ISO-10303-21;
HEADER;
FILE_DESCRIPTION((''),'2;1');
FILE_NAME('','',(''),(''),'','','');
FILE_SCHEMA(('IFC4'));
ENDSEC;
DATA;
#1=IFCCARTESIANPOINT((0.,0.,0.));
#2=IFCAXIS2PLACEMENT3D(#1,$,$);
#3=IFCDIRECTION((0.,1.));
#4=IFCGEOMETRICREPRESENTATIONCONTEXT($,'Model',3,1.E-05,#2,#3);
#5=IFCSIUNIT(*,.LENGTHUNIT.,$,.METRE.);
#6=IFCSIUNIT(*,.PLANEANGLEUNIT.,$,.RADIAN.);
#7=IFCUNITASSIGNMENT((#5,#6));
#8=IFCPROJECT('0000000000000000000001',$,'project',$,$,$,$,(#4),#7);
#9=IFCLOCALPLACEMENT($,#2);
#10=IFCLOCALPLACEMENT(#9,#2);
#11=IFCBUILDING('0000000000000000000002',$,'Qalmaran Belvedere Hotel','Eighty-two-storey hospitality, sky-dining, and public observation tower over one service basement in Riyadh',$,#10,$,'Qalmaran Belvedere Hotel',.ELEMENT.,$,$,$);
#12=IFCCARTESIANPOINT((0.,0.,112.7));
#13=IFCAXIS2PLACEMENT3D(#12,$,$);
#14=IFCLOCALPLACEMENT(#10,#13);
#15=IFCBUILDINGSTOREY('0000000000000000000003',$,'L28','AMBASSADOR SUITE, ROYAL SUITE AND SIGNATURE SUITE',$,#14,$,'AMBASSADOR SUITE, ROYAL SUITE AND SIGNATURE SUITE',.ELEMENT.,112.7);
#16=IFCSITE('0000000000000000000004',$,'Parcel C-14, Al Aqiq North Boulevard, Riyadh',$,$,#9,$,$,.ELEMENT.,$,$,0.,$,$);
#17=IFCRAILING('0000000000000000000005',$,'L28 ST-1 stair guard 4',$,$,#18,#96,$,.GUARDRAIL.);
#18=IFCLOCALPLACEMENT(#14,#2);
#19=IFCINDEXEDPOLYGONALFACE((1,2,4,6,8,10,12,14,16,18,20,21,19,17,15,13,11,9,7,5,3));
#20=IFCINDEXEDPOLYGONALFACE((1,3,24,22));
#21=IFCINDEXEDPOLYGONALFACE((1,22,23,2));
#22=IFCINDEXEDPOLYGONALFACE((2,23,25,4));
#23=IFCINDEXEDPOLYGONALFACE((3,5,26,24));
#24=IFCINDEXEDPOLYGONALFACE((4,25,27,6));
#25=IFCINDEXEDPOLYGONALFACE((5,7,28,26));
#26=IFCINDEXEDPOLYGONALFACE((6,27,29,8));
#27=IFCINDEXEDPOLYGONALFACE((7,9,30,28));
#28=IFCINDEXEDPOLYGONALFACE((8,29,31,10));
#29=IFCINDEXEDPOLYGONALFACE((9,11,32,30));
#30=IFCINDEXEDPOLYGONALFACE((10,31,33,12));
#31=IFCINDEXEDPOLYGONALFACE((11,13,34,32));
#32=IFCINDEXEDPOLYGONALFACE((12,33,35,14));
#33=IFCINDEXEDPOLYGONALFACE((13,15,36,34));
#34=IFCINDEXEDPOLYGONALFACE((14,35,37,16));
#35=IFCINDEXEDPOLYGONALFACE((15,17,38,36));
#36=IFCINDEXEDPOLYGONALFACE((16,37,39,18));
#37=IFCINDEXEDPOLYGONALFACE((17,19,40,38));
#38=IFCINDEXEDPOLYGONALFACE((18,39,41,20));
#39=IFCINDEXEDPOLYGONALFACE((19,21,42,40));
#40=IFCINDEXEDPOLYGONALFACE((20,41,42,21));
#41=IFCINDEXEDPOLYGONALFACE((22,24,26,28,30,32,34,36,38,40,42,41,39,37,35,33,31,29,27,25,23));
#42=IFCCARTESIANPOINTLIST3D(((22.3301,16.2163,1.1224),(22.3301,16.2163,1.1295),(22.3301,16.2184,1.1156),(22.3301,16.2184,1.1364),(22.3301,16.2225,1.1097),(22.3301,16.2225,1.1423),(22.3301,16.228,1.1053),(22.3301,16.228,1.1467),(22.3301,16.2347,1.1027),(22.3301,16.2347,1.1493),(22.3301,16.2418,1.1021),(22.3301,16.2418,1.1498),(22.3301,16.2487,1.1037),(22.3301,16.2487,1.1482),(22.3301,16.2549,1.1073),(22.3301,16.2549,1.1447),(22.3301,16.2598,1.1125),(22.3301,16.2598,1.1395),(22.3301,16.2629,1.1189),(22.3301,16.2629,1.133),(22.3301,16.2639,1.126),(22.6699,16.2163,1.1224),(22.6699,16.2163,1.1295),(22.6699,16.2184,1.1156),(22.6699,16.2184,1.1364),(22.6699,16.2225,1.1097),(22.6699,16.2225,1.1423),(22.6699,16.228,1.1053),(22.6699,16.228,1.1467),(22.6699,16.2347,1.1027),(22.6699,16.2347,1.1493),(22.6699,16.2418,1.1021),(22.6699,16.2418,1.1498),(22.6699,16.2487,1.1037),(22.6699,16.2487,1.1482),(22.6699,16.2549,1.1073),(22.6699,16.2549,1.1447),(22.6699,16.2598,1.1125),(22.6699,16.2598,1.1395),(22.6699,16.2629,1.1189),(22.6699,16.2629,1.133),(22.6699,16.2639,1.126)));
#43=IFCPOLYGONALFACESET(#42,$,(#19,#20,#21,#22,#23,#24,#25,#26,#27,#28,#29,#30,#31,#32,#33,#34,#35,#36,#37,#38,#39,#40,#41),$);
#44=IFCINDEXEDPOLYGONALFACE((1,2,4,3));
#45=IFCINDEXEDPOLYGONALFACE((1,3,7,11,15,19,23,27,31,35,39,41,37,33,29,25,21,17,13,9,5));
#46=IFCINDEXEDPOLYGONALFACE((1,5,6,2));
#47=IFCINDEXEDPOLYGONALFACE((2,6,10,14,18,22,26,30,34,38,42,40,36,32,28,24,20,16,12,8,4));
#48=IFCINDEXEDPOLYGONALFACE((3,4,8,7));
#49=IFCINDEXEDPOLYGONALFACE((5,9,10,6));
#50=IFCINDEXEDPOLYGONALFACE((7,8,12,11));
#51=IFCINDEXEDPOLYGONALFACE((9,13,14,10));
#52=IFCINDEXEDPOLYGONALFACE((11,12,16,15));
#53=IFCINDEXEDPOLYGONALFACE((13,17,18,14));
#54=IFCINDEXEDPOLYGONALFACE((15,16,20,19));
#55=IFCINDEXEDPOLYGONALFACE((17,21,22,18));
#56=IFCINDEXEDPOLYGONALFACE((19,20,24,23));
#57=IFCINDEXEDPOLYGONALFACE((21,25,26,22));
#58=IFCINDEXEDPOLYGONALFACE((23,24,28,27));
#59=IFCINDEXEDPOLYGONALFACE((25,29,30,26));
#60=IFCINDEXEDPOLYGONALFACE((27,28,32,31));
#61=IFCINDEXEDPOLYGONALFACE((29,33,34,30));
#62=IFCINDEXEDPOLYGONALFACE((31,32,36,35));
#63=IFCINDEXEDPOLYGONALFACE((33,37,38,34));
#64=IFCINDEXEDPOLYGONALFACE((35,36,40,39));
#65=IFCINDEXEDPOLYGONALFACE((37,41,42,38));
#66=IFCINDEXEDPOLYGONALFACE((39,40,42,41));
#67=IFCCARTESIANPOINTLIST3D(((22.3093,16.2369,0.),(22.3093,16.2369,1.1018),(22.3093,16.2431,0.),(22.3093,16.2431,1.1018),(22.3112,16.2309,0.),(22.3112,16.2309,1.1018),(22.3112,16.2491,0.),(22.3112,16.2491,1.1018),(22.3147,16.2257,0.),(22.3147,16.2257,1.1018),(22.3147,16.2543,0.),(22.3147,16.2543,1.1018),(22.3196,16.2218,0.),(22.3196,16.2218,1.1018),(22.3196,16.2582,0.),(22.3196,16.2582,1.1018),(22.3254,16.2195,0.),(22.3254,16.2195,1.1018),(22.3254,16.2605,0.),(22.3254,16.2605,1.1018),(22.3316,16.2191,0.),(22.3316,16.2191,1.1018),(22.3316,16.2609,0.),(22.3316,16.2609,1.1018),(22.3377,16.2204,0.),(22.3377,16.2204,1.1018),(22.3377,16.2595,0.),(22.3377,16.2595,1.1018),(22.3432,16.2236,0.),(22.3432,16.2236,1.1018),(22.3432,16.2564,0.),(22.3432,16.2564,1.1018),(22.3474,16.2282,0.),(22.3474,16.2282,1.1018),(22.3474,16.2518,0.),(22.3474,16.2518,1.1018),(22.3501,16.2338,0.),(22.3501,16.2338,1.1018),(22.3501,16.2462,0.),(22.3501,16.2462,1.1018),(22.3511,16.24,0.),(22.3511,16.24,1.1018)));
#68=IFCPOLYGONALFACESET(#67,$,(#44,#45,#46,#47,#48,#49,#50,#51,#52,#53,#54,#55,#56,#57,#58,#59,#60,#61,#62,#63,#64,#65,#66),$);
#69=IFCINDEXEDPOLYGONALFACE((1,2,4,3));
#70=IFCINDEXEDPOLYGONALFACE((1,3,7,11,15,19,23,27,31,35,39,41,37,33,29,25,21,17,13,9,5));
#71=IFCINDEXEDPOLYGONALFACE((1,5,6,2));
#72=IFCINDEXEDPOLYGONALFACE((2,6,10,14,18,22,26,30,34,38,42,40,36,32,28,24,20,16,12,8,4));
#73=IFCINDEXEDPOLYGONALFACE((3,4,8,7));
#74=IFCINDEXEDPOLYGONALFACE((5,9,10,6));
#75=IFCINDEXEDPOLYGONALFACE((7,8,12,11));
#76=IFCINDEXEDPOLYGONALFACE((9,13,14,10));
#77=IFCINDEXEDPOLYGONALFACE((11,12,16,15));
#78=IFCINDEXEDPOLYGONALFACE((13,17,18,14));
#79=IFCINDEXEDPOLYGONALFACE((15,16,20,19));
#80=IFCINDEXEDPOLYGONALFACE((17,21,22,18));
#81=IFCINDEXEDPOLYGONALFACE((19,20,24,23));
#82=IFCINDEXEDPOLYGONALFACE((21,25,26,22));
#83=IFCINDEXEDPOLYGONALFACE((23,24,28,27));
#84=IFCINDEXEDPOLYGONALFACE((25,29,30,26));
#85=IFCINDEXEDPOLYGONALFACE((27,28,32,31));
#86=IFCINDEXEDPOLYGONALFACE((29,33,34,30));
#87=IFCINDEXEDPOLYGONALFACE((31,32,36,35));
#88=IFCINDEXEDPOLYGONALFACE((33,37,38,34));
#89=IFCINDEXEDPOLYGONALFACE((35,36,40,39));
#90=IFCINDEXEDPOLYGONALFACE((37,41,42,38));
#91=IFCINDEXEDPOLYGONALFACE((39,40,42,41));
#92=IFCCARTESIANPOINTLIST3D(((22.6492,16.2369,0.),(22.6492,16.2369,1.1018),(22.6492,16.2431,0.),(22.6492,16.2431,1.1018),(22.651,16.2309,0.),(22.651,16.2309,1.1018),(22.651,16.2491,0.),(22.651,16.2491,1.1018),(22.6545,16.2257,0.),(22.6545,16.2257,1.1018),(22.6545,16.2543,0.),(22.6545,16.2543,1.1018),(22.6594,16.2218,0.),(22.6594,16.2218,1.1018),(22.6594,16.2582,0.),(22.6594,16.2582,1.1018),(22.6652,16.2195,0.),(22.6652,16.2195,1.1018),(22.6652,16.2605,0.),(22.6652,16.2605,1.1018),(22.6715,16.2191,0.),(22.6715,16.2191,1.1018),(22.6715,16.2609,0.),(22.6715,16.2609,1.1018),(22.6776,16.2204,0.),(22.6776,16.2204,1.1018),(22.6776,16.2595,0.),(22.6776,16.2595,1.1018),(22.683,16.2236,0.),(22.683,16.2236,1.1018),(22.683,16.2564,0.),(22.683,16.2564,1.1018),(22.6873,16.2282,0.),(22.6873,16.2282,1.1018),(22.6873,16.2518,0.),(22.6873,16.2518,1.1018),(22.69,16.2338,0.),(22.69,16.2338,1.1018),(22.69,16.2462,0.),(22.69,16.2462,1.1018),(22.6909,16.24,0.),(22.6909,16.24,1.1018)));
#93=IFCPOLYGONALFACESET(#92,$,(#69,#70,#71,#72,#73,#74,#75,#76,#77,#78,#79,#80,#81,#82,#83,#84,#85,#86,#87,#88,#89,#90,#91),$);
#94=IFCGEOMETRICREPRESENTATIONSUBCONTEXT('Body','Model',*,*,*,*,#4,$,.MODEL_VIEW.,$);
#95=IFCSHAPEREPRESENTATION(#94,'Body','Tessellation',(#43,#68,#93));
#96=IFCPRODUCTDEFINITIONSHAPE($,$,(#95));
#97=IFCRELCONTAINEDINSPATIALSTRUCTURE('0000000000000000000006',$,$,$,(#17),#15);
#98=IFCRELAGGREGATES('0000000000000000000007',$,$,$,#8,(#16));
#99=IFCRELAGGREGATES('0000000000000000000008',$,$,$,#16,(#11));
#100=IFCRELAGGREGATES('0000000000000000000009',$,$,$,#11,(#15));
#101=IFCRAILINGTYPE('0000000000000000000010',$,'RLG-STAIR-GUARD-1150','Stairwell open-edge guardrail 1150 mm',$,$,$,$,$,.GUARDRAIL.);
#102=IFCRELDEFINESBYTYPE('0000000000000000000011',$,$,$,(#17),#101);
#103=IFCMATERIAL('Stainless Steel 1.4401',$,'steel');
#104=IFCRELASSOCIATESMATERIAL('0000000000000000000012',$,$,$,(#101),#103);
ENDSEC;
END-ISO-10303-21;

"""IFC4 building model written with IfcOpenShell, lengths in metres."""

from ifc_helpers import new_model, si_unit, direction, frame, origin, origin_2d, place, context, subcontext, project, spatial, circle, extrude, material, type_object, element, save


model = new_model("IFC4")

# Units and contexts
model_context = context("Model", 3, precision=1e-05, world=origin(), true_north=direction((0.0, 1.0)))
body_context = subcontext(model_context, "Body", "Model", "MODEL_VIEW")
ifc_project = project(units=[si_unit("LENGTHUNIT", "METRE"), si_unit("PLANEANGLEUNIT", "RADIAN")], contexts=[model_context])

# Site, building, storey
site_placement = place(None, origin())
site = spatial("IfcSite", under=ifc_project, at=site_placement, Name="Parcel C-14, Al Aqiq North Boulevard, Riyadh", CompositionType="ELEMENT", RefElevation=0.0)
building_placement = place(site_placement, origin())
building = spatial("IfcBuilding", under=site, at=building_placement, Name="Qalmaran Belvedere Hotel", Description="Eighty-two-storey hospitality, sky-dining, and public observation tower over one service basement in Riyadh", LongName="Qalmaran Belvedere Hotel", CompositionType="ELEMENT")
storey_placement = place(building_placement, frame((0.0, 0.0, 112.7)))
storey = spatial("IfcBuildingStorey", under=building, at=storey_placement, Name="L28", Description="AMBASSADOR SUITE, ROYAL SUITE AND SIGNATURE SUITE", LongName="AMBASSADOR SUITE, ROYAL SUITE AND SIGNATURE SUITE", CompositionType="ELEMENT", Elevation=112.7)

# Shared definitions
ifc_material_1 = material(Name="Stainless Steel 1.4401", Category="steel")

# Railing
railing_type_1 = type_object("IfcRailingType", Name="RLG-STAIR-GUARD-1150", Description="Stairwell open-edge guardrail 1150 mm", PredefinedType="GUARDRAIL", material=ifc_material_1)
railing_1_placement = place(storey_placement, frame((22.3301, 16.24, 0.0)))
element("IfcRailing", 1, at=railing_1_placement, inside=storey, type_object=railing_type_1, Name="L28 ST-1 stair guard 4", PredefinedType="GUARDRAIL", context=body_context, shape_type="SweptSolid", body=[
    extrude(circle(Radius=0.0239, at=origin_2d()), frame((0.0, 0.0, 1.126), z_axis=(1.0, 0.0, 0.0), x_axis=(0.0, 1.0, 0.0)), (0.0, 0.0, 1.0), 0.3398),
    extrude(circle(Radius=0.021, at=origin_2d()), origin(), (0.0, 0.0, 1.0), 1.1018),
    extrude(circle(Radius=0.021, at=origin_2d()), frame((0.3398, 0.0, 0.0)), (0.0, 0.0, 1.0), 1.1018),
])

save(model, "model.ifc")
